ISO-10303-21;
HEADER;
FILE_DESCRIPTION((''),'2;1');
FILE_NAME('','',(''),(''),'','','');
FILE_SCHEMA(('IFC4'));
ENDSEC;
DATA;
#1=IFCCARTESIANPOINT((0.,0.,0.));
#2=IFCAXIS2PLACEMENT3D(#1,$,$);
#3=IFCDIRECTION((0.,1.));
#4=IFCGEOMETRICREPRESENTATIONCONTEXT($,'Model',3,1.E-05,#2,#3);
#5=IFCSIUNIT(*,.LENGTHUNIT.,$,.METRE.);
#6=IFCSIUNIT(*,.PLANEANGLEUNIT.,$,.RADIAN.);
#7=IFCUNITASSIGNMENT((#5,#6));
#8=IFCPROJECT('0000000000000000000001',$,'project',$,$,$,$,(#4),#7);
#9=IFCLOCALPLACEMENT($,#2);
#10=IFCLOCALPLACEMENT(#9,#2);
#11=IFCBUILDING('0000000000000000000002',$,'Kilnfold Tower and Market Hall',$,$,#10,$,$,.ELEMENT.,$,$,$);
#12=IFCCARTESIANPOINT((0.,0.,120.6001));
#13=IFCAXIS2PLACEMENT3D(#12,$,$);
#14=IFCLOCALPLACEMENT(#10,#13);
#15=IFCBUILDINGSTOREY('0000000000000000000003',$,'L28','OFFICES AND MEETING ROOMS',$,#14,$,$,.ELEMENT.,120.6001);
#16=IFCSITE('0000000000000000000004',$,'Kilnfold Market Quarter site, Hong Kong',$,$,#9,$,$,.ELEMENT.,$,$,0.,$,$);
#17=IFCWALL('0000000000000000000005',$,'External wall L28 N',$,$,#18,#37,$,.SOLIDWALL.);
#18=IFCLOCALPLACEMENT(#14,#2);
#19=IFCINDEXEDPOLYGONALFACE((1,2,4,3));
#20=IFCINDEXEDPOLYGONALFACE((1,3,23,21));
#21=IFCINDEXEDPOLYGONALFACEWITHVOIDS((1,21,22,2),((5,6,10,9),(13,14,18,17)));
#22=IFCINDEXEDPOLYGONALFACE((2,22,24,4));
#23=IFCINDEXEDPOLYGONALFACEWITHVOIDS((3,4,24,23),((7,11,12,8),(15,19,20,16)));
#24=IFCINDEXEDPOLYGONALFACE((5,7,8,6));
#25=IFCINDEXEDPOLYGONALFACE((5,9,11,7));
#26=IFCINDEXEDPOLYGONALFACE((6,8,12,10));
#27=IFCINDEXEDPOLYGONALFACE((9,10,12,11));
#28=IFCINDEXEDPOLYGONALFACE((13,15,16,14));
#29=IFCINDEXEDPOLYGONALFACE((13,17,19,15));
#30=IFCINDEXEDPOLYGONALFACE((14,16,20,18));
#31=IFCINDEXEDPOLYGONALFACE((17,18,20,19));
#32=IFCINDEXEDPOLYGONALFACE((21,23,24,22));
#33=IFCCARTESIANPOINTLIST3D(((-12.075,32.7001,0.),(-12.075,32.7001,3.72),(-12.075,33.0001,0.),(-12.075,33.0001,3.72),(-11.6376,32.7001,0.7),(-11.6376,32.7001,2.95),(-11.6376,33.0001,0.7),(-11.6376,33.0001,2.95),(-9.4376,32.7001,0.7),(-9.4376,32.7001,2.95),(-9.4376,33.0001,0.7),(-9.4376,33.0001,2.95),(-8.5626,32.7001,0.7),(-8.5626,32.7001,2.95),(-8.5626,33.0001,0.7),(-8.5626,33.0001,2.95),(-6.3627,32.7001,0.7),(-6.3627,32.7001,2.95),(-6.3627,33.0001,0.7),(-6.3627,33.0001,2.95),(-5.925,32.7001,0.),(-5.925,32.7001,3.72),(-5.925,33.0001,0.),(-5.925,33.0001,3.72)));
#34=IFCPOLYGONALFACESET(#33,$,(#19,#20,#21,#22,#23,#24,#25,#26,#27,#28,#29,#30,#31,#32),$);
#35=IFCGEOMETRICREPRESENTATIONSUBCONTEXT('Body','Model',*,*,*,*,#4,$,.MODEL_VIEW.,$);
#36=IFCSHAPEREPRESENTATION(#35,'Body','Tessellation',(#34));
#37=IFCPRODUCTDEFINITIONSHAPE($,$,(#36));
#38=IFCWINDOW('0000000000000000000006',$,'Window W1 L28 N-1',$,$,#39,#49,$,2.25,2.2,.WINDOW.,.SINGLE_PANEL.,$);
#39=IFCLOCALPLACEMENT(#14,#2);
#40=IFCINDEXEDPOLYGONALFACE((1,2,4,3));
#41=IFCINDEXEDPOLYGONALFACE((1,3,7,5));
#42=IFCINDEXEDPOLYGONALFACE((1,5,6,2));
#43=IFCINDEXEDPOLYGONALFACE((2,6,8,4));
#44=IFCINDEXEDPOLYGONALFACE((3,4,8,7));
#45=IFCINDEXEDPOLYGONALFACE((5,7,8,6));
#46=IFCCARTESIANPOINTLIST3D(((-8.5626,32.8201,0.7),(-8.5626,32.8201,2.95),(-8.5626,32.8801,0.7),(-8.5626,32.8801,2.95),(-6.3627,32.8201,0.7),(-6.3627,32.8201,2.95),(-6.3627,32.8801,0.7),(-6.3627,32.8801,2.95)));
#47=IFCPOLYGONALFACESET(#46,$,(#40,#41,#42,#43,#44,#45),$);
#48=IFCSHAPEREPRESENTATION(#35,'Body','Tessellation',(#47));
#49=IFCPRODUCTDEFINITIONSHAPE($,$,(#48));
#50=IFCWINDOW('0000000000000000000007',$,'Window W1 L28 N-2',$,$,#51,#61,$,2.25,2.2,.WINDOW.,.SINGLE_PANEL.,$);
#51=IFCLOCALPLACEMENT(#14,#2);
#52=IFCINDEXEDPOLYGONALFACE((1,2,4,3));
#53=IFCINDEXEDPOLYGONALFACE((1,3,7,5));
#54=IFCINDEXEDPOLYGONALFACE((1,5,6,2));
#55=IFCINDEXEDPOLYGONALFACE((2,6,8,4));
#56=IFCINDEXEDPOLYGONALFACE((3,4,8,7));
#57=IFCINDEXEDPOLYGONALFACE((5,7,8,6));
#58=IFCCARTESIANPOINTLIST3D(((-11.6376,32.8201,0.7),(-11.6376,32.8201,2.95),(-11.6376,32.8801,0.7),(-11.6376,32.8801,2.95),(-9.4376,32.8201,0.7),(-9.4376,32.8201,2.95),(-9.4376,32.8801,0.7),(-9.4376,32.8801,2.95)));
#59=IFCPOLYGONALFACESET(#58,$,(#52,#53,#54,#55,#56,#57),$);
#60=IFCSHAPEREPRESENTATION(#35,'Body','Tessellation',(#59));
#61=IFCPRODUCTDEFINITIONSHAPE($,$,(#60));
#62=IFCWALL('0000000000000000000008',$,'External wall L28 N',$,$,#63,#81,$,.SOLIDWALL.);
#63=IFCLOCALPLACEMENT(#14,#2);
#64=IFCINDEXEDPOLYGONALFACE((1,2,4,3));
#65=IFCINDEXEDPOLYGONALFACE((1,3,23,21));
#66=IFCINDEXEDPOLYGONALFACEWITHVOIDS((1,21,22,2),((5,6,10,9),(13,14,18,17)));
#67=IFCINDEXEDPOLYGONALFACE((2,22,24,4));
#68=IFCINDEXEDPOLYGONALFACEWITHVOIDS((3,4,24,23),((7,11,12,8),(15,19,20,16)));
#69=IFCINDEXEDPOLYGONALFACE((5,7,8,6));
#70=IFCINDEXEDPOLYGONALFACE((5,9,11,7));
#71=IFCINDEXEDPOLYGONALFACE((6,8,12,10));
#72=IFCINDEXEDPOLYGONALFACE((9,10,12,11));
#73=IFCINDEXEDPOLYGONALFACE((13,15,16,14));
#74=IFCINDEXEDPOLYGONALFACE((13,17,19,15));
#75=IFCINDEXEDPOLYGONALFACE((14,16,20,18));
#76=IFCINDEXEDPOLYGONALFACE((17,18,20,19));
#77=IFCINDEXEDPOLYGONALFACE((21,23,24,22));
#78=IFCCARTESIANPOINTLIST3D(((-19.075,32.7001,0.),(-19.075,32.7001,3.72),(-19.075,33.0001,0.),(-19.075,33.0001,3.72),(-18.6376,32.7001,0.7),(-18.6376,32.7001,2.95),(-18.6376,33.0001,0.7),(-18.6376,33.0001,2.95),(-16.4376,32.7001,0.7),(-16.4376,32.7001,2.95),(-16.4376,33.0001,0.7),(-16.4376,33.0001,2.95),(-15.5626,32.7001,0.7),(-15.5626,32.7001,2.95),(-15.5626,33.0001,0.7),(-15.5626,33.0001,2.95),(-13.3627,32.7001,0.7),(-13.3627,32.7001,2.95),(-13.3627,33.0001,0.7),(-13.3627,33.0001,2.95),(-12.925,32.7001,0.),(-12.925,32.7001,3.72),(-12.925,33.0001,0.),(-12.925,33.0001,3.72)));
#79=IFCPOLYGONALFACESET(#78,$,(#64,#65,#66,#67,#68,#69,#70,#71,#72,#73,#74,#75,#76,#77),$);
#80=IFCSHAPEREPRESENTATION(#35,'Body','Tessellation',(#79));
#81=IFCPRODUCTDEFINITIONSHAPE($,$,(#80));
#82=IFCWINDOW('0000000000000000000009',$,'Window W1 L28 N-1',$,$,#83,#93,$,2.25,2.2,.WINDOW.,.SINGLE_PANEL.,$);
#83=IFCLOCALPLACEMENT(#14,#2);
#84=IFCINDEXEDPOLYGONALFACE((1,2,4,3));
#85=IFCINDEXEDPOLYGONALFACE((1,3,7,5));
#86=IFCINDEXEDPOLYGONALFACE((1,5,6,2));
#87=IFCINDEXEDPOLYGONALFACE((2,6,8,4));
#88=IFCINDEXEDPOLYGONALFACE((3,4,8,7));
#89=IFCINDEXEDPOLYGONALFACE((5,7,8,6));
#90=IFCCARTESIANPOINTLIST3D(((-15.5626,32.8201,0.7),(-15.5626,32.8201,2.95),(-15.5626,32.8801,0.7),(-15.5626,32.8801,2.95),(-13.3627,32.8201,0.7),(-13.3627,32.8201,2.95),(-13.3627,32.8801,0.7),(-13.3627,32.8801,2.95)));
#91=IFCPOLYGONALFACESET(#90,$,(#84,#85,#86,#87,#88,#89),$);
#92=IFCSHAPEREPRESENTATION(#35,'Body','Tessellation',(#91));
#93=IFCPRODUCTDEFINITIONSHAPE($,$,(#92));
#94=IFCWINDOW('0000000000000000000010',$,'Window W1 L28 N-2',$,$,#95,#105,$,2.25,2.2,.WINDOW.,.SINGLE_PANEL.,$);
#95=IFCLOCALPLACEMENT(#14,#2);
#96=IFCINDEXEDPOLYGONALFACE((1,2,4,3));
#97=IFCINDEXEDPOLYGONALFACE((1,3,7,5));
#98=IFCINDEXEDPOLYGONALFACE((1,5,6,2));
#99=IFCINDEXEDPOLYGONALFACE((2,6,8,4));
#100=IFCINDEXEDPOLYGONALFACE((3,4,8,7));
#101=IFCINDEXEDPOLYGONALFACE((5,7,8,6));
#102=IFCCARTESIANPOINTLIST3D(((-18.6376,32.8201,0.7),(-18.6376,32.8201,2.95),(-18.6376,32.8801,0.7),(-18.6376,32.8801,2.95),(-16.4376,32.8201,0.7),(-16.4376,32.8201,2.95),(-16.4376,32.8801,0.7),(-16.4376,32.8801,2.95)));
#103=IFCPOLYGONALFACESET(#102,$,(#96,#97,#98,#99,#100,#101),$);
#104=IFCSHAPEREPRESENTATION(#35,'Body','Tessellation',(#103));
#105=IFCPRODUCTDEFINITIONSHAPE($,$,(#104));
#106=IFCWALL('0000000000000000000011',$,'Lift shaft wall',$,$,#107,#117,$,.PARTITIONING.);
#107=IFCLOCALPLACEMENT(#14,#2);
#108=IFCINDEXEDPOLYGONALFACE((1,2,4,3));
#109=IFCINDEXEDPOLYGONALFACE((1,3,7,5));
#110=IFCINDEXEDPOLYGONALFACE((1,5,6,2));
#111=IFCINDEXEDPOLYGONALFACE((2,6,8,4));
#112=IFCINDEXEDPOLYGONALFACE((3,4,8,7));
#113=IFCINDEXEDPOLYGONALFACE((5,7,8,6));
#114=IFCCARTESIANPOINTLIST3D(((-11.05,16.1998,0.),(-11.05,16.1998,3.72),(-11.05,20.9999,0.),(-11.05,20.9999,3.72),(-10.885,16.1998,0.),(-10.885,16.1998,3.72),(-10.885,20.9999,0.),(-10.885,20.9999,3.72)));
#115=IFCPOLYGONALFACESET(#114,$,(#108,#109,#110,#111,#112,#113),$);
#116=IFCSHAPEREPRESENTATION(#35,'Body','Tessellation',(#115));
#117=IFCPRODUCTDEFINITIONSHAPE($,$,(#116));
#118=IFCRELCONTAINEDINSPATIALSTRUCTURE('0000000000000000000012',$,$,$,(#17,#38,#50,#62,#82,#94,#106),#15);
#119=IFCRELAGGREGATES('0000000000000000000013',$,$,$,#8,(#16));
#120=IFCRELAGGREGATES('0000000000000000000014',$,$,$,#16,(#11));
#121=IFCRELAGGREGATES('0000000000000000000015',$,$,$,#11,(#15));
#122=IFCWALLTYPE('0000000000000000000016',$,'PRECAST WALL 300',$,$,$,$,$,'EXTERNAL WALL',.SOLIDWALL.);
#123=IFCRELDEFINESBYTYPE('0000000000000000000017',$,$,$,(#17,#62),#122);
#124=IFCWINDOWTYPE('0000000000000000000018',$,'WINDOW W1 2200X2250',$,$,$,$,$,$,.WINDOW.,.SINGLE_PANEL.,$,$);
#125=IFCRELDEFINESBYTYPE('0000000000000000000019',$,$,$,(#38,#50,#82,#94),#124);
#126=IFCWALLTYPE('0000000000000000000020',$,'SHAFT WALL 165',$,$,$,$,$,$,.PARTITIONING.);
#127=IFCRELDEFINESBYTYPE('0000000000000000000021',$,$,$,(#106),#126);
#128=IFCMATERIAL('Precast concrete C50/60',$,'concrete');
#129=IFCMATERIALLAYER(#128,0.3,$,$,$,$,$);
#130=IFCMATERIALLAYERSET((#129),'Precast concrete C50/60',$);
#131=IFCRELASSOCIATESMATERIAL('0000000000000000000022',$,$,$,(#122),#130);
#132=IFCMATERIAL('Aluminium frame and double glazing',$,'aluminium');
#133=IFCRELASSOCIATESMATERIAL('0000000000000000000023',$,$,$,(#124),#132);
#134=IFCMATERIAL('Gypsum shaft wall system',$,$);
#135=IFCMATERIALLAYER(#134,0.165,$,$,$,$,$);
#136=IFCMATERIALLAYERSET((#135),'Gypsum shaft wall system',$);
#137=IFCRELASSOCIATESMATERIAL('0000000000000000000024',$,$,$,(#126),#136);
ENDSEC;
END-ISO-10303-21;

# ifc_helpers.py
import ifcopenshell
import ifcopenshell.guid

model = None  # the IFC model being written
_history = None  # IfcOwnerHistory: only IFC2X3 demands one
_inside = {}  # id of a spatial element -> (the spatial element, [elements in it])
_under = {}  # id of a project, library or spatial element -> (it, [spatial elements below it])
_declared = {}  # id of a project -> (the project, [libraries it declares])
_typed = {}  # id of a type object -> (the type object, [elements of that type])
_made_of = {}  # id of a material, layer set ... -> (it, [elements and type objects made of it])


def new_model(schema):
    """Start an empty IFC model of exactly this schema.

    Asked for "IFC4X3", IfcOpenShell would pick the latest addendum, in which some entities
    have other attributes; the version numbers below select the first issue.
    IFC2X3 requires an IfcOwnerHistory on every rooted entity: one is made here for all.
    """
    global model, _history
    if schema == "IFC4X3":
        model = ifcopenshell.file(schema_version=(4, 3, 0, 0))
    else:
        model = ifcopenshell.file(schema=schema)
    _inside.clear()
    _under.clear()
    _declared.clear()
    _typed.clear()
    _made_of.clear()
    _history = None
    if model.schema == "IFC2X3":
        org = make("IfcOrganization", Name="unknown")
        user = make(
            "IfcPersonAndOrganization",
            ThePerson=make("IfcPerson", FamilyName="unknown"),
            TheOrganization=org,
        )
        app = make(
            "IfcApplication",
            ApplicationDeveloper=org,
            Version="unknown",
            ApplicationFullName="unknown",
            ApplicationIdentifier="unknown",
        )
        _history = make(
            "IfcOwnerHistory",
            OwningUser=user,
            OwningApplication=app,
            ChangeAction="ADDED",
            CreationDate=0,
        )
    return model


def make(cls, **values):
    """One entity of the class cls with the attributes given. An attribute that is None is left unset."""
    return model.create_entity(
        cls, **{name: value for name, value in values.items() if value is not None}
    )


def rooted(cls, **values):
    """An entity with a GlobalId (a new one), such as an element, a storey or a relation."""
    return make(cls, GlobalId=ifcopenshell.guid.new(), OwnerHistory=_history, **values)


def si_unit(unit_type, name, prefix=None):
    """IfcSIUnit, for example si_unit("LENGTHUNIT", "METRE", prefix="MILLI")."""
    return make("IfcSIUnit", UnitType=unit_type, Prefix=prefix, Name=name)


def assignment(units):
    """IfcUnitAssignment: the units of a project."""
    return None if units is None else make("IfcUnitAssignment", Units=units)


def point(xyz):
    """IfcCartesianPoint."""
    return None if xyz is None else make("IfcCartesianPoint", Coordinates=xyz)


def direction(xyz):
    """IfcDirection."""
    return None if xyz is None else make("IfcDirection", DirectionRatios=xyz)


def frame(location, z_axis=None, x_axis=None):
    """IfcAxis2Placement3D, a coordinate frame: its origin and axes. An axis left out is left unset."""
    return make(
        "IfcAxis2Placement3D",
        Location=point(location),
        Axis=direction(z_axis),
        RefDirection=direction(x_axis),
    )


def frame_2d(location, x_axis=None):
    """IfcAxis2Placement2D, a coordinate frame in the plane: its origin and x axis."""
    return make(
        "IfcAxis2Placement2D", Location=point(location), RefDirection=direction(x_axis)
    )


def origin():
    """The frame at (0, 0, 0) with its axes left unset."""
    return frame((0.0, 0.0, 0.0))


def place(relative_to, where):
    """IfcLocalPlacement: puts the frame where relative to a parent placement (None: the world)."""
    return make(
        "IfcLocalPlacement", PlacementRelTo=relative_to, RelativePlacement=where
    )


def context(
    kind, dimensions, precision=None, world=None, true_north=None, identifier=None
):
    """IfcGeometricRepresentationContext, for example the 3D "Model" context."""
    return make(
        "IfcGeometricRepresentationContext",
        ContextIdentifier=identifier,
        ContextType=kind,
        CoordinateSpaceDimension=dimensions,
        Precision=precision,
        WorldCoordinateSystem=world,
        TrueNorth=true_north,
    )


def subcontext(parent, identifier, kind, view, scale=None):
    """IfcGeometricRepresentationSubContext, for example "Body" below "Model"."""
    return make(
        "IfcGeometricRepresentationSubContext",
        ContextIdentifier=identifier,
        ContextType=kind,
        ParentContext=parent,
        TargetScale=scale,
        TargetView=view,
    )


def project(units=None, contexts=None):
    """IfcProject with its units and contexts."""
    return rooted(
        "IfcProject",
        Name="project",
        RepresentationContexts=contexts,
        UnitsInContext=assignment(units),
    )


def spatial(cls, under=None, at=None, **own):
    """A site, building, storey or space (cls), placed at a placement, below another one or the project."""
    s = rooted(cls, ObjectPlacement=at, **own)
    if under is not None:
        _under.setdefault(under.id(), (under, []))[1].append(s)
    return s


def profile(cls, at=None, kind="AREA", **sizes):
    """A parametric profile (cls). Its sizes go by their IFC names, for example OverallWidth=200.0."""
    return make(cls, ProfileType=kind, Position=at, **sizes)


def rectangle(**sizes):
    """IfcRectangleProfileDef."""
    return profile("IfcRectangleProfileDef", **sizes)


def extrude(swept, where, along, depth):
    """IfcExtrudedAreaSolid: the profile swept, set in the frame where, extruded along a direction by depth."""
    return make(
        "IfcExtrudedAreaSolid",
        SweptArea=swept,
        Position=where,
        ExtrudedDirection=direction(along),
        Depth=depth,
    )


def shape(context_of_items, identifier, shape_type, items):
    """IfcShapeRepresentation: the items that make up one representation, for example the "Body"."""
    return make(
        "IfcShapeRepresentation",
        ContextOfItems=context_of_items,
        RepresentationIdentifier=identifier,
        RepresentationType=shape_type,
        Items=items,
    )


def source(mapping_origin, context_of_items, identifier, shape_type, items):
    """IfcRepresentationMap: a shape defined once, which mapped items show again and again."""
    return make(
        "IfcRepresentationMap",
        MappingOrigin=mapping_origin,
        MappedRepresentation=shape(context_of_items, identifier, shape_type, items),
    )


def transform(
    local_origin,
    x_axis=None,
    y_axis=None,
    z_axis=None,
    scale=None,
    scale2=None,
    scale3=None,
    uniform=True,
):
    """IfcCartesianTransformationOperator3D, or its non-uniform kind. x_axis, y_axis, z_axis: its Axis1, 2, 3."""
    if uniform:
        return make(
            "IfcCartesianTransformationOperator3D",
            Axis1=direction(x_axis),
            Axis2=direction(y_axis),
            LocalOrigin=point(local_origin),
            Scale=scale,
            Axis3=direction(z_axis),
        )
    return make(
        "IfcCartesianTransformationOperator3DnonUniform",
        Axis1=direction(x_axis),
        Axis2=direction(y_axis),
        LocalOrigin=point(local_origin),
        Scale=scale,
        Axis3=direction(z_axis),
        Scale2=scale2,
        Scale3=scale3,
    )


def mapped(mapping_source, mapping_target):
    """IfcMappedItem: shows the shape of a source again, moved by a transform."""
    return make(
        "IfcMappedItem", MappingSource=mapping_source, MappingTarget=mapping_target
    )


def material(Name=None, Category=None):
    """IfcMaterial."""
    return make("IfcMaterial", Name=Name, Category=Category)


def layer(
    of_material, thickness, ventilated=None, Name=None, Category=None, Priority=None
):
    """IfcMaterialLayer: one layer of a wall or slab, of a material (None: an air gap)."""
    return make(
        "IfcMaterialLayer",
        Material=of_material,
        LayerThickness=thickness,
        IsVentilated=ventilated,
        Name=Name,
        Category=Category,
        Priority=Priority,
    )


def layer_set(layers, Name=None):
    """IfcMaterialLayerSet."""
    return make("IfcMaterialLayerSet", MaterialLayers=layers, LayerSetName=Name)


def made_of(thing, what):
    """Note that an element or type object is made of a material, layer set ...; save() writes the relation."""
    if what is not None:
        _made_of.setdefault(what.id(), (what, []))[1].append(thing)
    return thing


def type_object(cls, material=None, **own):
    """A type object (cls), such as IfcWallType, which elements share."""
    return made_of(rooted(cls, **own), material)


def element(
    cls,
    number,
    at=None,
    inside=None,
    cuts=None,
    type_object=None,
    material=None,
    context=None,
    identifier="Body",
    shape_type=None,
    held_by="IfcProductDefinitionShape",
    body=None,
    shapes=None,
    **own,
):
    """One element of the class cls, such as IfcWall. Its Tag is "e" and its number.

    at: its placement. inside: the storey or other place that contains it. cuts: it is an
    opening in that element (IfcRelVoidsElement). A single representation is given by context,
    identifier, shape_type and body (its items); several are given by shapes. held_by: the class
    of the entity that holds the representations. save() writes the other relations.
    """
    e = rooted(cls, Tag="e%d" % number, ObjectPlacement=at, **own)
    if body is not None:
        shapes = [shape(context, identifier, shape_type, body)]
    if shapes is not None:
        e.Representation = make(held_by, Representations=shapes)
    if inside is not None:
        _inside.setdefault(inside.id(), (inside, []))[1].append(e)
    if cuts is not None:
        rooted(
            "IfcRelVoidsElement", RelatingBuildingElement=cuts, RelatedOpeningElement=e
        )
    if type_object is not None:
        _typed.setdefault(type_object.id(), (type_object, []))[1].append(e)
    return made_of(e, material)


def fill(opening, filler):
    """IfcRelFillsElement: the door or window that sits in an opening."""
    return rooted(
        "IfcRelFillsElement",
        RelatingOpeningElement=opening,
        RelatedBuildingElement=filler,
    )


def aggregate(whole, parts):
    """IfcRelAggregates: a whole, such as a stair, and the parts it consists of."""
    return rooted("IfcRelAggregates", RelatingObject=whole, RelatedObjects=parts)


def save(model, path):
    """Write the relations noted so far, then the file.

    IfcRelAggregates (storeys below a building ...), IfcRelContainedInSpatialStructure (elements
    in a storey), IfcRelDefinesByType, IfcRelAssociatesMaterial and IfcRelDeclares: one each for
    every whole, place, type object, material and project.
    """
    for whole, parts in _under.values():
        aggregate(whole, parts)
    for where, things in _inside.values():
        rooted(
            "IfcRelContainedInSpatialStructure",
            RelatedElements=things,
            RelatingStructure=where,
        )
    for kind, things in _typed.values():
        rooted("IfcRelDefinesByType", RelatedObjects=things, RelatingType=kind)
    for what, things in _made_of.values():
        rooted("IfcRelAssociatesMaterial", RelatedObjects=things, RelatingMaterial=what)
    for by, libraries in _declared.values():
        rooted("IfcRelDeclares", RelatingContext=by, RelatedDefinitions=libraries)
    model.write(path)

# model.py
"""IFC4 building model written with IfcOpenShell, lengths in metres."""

from ifc_helpers import new_model, si_unit, direction, frame, frame_2d, origin, place, context, subcontext, project, spatial, rectangle, extrude, source, transform, mapped, material, layer, layer_set, type_object, element, fill, save


model = new_model("IFC4")

# Units and contexts
model_context = context("Model", 3, precision=1e-05, world=origin(), true_north=direction((0.0, 1.0)))
body_context = subcontext(model_context, "Body", "Model", "MODEL_VIEW")
ifc_project = project(units=[si_unit("LENGTHUNIT", "METRE"), si_unit("PLANEANGLEUNIT", "RADIAN")], contexts=[model_context])

# Site, building, storey
site_placement = place(None, origin())
site = spatial("IfcSite", under=ifc_project, at=site_placement, Name="Kilnfold Market Quarter site, Hong Kong", CompositionType="ELEMENT", RefElevation=0.0)
building_placement = place(site_placement, origin())
building = spatial("IfcBuilding", under=site, at=building_placement, Name="Kilnfold Tower and Market Hall", CompositionType="ELEMENT")
storey_placement = place(building_placement, frame((0.0, 0.0, 120.6001)))
storey = spatial("IfcBuildingStorey", under=building, at=storey_placement, Name="L28", Description="OFFICES AND MEETING ROOMS", CompositionType="ELEMENT", Elevation=120.6001)

# Walls, openings, windows
ifc_material_1 = material(Name="Precast concrete C50/60", Category="concrete")
ifc_layer_1 = layer(ifc_material_1, 0.3)
ifc_layer_set_1 = layer_set([ifc_layer_1], Name="Precast concrete C50/60")
wall_type_1 = type_object("IfcWallType", Name="PRECAST WALL 300", ElementType="EXTERNAL WALL", PredefinedType="SOLIDWALL", material=ifc_layer_set_1)
shared_shape_1 = source(origin(), body_context, "Body", "SweptSolid", [
    extrude(rectangle(XDim=6.1499, YDim=0.3, at=frame_2d((3.075, 0.0))), origin(), (0.0, 0.0, 1.0), 3.72),
])
wall_1_placement = place(storey_placement, frame((-5.925, 32.8501, 0.0), z_axis=(0.0, 0.0, 1.0), x_axis=(-1.0, 0.0, 0.0)))
wall_1 = element("IfcWall", 1, at=wall_1_placement, inside=storey, type_object=wall_type_1, Name="External wall L28 N", PredefinedType="SOLIDWALL", context=body_context, shape_type="MappedRepresentation", body=[
    mapped(shared_shape_1, transform((0.0, 0.0, 0.0))),
])
opening_1_placement = place(wall_1_placement, frame((0.4375, 0.0, 0.7)))
opening_1 = element("IfcOpeningElement", 2, at=opening_1_placement, cuts=wall_1, PredefinedType="OPENING", context=body_context, shape_type="SweptSolid", body=[
    extrude(rectangle(XDim=2.2, YDim=2.25, at=frame_2d((1.1001, 1.125))), frame((0.0, 0.1602, 0.0), z_axis=(0.0, -1.0, 0.0), x_axis=(1.0, 0.0, 0.0)), (0.0, 0.0, 1.0), 0.3201),
])
opening_2_placement = place(wall_1_placement, frame((3.5125, 0.0, 0.7)))
opening_2 = element("IfcOpeningElement", 3, at=opening_2_placement, cuts=wall_1, PredefinedType="OPENING", context=body_context, shape_type="SweptSolid", body=[
    extrude(rectangle(XDim=2.2, YDim=2.25, at=frame_2d((1.1001, 1.125))), frame((0.0, 0.1602, 0.0), z_axis=(0.0, -1.0, 0.0), x_axis=(1.0, 0.0, 0.0)), (0.0, 0.0, 1.0), 0.3201),
])
ifc_material_2 = material(Name="Aluminium frame and double glazing", Category="aluminium")
window_type = type_object("IfcWindowType", Name="WINDOW W1 2200X2250", PartitioningType="SINGLE_PANEL", PredefinedType="WINDOW", material=ifc_material_2)
window_1_placement = place(opening_1_placement, origin())
window_1 = element("IfcWindow", 4, at=window_1_placement, inside=storey, type_object=window_type, Name="Window W1 L28 N-1", OverallHeight=2.25, OverallWidth=2.2, PartitioningType="SINGLE_PANEL", PredefinedType="WINDOW", context=body_context, shape_type="SweptSolid", body=[
    extrude(rectangle(XDim=2.2, YDim=2.25, at=frame_2d((1.1001, 1.125))), frame((0.0, 0.03, 0.0), z_axis=(0.0, -1.0, 0.0), x_axis=(1.0, 0.0, 0.0)), (0.0, 0.0, 1.0), 0.0601),
])
fill(opening_1, window_1)
window_2_placement = place(opening_2_placement, origin())
window_2 = element("IfcWindow", 5, at=window_2_placement, inside=storey, type_object=window_type, Name="Window W1 L28 N-2", OverallHeight=2.25, OverallWidth=2.2, PartitioningType="SINGLE_PANEL", PredefinedType="WINDOW", context=body_context, shape_type="SweptSolid", body=[
    extrude(rectangle(XDim=2.2, YDim=2.25, at=frame_2d((1.1001, 1.125))), frame((0.0, 0.03, 0.0), z_axis=(0.0, -1.0, 0.0), x_axis=(1.0, 0.0, 0.0)), (0.0, 0.0, 1.0), 0.0601),
])
fill(opening_2, window_2)
wall_2_placement = place(storey_placement, frame((-12.925, 32.8501, 0.0), z_axis=(0.0, 0.0, 1.0), x_axis=(-1.0, 0.0, 0.0)))
wall_2 = element("IfcWall", 6, at=wall_2_placement, inside=storey, type_object=wall_type_1, Name="External wall L28 N", PredefinedType="SOLIDWALL", context=body_context, shape_type="MappedRepresentation", body=[
    mapped(shared_shape_1, transform((0.0, 0.0, 0.0))),
])
opening_3_placement = place(wall_2_placement, frame((0.4375, 0.0, 0.7)))
opening_3 = element("IfcOpeningElement", 7, at=opening_3_placement, cuts=wall_2, PredefinedType="OPENING", context=body_context, shape_type="SweptSolid", body=[
    extrude(rectangle(XDim=2.2, YDim=2.25, at=frame_2d((1.1001, 1.125))), frame((0.0, 0.1602, 0.0), z_axis=(0.0, -1.0, 0.0), x_axis=(1.0, 0.0, 0.0)), (0.0, 0.0, 1.0), 0.3201),
])
opening_4_placement = place(wall_2_placement, frame((3.5125, 0.0, 0.7)))
opening_4 = element("IfcOpeningElement", 8, at=opening_4_placement, cuts=wall_2, PredefinedType="OPENING", context=body_context, shape_type="SweptSolid", body=[
    extrude(rectangle(XDim=2.2, YDim=2.25, at=frame_2d((1.1001, 1.125))), frame((0.0, 0.1602, 0.0), z_axis=(0.0, -1.0, 0.0), x_axis=(1.0, 0.0, 0.0)), (0.0, 0.0, 1.0), 0.3201),
])
window_3_placement = place(opening_3_placement, origin())
window_3 = element("IfcWindow", 9, at=window_3_placement, inside=storey, type_object=window_type, Name="Window W1 L28 N-1", OverallHeight=2.25, OverallWidth=2.2, PartitioningType="SINGLE_PANEL", PredefinedType="WINDOW", context=body_context, shape_type="SweptSolid", body=[
    extrude(rectangle(XDim=2.2, YDim=2.25, at=frame_2d((1.1001, 1.125))), frame((0.0, 0.03, 0.0), z_axis=(0.0, -1.0, 0.0), x_axis=(1.0, 0.0, 0.0)), (0.0, 0.0, 1.0), 0.0601),
])
fill(opening_3, window_3)
window_4_placement = place(opening_4_placement, origin())
window_4 = element("IfcWindow", 10, at=window_4_placement, inside=storey, type_object=window_type, Name="Window W1 L28 N-2", OverallHeight=2.25, OverallWidth=2.2, PartitioningType="SINGLE_PANEL", PredefinedType="WINDOW", context=body_context, shape_type="SweptSolid", body=[
    extrude(rectangle(XDim=2.2, YDim=2.25, at=frame_2d((1.1001, 1.125))), frame((0.0, 0.03, 0.0), z_axis=(0.0, -1.0, 0.0), x_axis=(1.0, 0.0, 0.0)), (0.0, 0.0, 1.0), 0.0601),
])
fill(opening_4, window_4)

# Wall
ifc_material_3 = material(Name="Gypsum shaft wall system")
ifc_layer_2 = layer(ifc_material_3, 0.165)
ifc_layer_set_2 = layer_set([ifc_layer_2], Name="Gypsum shaft wall system")
wall_type_2 = type_object("IfcWallType", Name="SHAFT WALL 165", PredefinedType="PARTITIONING", material=ifc_layer_set_2)
shared_shape_2 = source(origin(), body_context, "Body", "SweptSolid", [
    extrude(rectangle(XDim=4.8, YDim=0.165, at=frame_2d((2.3999, 0.0))), origin(), (0.0, 0.0, 1.0), 3.72),
])
wall_3_placement = place(storey_placement, frame((-10.9675, 16.2, 0.0), z_axis=(0.0, 0.0, 1.0), x_axis=(0.0, 1.0, 0.0)))
element("IfcWall", 11, at=wall_3_placement, inside=storey, type_object=wall_type_2, Name="Lift shaft wall", PredefinedType="PARTITIONING", context=body_context, shape_type="MappedRepresentation", body=[
    mapped(shared_shape_2, transform((0.0, 0.0, 0.0))),
])

save(model, "model.ifc")
